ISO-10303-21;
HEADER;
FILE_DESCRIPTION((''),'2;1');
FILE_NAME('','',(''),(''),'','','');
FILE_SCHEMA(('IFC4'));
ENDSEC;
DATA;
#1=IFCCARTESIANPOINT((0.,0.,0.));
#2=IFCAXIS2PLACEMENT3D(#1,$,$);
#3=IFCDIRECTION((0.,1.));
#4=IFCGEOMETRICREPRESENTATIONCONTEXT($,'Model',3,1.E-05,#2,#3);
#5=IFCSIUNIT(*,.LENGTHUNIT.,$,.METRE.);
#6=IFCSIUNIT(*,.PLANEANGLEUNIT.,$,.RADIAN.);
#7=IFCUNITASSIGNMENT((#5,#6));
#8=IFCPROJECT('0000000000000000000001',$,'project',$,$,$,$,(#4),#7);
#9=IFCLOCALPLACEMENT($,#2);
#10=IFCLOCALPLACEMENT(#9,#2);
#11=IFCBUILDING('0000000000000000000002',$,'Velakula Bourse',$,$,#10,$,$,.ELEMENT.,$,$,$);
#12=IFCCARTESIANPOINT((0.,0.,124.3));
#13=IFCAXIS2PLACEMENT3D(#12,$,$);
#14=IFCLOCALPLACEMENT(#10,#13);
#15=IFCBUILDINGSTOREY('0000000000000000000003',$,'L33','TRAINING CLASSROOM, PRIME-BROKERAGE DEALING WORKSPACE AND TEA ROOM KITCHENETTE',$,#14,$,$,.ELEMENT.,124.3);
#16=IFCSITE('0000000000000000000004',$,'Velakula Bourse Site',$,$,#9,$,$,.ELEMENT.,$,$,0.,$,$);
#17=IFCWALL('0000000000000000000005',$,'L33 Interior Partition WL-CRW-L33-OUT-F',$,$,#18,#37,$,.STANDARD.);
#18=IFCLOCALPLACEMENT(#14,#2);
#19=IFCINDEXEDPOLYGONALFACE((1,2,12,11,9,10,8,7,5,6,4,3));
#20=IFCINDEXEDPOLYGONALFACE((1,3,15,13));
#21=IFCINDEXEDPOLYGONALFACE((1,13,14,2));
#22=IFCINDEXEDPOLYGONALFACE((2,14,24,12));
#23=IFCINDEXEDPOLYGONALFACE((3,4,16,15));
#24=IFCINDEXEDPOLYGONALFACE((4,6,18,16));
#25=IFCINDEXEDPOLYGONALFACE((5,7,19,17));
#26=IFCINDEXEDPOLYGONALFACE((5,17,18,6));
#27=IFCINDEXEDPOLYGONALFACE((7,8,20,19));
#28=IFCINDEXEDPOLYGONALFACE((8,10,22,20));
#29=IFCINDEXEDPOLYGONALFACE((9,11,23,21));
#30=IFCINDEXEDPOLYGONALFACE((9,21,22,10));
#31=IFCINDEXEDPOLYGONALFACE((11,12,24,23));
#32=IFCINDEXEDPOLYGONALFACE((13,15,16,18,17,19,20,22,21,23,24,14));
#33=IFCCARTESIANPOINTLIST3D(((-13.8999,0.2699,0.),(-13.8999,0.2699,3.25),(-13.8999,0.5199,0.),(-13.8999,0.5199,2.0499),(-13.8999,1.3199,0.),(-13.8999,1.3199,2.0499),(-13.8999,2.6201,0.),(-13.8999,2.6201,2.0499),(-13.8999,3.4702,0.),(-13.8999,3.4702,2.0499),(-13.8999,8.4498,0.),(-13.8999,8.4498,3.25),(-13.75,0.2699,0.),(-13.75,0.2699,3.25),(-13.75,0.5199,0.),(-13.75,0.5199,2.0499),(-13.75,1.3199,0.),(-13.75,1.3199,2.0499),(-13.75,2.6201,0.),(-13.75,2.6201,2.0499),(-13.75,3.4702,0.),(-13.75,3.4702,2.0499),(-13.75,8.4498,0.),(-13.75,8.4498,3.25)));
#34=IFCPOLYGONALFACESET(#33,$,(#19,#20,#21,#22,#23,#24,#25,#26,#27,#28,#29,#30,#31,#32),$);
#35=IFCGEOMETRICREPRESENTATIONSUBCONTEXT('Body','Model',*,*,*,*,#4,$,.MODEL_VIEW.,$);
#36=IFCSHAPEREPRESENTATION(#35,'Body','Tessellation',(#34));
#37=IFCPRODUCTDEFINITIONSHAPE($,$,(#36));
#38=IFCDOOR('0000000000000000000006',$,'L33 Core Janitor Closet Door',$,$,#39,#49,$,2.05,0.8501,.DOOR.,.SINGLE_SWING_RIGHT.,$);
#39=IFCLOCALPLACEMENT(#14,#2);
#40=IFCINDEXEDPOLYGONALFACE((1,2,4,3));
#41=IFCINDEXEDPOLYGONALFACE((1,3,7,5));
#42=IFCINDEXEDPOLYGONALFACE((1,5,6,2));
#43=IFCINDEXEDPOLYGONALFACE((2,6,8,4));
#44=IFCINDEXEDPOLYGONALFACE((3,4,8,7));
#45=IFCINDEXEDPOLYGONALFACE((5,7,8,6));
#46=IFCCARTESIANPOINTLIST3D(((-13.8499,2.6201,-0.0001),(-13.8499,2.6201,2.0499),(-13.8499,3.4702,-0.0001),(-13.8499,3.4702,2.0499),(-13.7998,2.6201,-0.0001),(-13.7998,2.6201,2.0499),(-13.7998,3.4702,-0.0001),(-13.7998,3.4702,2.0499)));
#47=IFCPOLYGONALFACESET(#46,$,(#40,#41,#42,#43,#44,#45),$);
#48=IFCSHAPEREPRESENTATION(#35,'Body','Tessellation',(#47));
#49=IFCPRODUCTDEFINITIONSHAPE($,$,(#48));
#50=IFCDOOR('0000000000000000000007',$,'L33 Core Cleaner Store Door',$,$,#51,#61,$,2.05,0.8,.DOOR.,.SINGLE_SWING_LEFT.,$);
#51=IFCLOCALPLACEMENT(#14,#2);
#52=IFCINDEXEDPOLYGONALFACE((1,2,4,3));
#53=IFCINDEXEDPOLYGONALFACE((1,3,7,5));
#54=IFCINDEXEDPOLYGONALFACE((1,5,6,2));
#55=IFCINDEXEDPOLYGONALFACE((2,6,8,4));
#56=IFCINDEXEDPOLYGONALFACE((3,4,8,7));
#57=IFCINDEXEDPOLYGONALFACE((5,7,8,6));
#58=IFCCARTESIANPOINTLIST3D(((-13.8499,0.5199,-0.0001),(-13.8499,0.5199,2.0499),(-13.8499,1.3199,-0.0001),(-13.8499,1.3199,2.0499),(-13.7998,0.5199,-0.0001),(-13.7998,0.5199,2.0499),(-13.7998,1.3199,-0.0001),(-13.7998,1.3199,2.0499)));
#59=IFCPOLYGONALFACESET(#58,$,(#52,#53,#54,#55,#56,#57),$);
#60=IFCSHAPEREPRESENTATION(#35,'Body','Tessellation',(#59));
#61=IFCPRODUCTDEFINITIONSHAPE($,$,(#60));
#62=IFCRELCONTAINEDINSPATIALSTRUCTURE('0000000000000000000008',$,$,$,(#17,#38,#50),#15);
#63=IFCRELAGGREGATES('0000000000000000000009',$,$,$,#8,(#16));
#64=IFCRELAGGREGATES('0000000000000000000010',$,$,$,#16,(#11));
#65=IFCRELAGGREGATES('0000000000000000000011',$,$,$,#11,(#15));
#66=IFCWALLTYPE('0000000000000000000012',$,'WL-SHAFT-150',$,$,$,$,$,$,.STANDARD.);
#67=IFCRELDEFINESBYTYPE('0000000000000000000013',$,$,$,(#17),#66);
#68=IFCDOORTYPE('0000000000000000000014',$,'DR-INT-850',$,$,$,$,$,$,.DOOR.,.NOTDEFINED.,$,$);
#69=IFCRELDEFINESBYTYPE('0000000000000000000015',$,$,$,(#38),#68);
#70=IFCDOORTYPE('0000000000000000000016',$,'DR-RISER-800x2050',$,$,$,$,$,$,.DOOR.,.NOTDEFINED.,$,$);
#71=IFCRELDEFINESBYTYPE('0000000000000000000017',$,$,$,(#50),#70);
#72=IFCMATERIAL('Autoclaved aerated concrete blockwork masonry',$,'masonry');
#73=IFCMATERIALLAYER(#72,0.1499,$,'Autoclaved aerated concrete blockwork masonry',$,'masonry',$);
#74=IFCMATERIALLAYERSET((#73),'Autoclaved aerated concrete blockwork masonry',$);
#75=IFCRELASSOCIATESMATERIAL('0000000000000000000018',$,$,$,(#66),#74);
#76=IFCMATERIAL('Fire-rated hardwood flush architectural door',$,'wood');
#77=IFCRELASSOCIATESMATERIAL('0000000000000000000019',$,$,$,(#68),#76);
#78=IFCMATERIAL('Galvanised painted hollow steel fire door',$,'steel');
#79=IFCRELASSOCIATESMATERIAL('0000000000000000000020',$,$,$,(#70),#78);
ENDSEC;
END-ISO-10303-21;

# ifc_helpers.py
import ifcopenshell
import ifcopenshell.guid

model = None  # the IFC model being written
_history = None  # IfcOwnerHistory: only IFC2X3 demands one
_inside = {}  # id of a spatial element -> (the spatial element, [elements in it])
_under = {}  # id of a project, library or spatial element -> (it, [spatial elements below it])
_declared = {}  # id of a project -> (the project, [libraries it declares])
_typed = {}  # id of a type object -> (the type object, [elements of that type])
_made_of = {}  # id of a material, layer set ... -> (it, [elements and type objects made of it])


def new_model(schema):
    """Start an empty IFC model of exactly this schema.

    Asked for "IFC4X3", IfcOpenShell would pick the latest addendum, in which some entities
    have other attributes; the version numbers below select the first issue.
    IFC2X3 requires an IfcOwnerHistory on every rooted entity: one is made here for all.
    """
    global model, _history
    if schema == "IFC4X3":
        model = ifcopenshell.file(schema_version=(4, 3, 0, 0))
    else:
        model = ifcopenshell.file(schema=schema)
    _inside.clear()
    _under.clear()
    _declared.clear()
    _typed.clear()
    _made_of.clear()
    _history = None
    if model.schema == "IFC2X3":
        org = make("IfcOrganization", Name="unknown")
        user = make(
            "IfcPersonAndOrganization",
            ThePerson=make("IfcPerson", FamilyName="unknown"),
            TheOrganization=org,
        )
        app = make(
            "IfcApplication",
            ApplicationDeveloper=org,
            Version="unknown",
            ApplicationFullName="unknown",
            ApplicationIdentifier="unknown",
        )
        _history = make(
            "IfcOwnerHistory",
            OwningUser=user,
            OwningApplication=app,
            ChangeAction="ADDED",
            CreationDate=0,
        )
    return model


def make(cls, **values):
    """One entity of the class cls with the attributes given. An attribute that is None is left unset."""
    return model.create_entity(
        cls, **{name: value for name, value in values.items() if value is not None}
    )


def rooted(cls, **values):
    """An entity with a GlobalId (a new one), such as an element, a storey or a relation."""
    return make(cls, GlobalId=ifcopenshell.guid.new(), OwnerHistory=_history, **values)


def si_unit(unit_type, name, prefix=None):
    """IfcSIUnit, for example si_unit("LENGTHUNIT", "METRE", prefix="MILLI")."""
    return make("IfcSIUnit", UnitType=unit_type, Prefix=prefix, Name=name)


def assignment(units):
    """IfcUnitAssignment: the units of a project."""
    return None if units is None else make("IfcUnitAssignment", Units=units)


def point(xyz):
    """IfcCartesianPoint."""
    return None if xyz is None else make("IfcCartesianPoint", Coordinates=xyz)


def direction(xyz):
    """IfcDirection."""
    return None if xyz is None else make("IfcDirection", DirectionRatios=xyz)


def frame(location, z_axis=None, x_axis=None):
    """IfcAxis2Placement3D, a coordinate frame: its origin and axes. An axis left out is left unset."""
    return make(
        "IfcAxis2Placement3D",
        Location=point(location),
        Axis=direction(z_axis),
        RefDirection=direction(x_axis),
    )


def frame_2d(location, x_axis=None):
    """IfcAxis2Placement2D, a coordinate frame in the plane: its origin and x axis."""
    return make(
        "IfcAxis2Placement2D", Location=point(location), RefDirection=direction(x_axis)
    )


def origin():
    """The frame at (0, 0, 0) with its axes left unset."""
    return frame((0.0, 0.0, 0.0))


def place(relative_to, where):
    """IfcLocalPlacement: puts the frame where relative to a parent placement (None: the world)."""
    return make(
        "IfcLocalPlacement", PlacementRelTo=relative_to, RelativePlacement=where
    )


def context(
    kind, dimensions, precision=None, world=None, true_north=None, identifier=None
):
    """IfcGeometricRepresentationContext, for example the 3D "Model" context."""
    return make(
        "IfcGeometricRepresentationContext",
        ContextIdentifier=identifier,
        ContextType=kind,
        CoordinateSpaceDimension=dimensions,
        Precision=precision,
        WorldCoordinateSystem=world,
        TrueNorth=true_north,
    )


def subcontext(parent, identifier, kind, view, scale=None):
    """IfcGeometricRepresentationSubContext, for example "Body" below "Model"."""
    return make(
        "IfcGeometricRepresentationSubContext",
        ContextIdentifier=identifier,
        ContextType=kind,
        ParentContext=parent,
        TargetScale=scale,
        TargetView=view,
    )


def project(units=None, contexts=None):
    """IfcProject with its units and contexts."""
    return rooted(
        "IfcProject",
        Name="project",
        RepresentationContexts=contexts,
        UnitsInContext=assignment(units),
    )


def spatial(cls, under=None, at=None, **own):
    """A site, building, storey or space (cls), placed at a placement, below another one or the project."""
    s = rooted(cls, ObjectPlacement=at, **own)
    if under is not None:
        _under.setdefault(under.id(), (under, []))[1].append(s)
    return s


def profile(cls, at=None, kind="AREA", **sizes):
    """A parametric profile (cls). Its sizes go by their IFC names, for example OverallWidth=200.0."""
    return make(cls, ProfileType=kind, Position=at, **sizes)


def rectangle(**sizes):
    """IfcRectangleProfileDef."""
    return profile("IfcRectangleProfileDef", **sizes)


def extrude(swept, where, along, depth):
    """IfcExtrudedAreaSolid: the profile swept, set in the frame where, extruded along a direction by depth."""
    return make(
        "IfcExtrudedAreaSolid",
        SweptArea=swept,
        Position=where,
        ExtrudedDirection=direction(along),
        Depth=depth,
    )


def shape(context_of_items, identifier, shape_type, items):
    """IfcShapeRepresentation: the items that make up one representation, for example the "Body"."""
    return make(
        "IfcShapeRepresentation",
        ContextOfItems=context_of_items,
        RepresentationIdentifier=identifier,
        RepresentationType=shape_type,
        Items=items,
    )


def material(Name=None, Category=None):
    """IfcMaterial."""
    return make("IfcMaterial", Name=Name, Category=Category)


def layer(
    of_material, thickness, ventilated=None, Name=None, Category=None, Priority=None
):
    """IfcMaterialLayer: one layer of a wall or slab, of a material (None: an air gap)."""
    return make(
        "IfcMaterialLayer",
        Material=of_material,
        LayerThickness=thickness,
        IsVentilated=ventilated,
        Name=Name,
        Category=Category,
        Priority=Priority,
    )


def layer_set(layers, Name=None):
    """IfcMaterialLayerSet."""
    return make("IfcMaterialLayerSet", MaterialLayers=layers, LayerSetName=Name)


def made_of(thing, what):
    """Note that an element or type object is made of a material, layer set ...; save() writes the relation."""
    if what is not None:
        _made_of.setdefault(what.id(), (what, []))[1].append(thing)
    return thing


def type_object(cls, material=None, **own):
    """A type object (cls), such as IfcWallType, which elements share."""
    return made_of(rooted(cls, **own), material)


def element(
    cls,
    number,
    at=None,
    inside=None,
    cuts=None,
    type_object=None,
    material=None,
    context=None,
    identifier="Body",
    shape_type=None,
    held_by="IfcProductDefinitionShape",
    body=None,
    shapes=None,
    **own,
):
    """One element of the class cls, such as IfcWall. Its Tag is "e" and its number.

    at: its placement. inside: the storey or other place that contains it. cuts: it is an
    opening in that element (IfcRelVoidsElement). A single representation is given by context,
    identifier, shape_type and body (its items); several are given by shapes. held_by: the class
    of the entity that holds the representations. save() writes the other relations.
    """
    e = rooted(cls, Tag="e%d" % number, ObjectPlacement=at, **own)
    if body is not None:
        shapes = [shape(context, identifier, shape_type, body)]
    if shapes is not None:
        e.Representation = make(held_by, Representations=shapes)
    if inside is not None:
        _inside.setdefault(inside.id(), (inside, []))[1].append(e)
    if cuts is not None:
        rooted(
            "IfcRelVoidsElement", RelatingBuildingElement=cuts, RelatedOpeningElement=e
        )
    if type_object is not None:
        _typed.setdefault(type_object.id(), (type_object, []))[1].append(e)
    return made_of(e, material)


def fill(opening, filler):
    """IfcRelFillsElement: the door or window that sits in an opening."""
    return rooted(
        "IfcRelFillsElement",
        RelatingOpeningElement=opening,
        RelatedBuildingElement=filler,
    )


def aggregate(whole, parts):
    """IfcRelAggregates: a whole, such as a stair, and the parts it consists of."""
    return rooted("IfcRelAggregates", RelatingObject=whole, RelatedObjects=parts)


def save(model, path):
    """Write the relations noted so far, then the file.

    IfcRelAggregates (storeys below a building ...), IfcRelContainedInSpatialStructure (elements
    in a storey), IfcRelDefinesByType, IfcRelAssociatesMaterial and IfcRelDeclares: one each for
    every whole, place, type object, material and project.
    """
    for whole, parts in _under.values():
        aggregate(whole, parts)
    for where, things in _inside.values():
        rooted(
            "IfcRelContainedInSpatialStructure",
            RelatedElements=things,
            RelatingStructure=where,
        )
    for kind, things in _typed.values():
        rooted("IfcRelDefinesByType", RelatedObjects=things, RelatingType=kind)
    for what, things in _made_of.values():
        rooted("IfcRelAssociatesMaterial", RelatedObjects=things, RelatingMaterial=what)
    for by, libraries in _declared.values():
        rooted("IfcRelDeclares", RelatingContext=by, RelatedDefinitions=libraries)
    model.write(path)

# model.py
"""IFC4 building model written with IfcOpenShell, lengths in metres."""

from ifc_helpers import new_model, si_unit, direction, frame, frame_2d, origin, place, context, subcontext, project, spatial, rectangle, extrude, material, layer, layer_set, type_object, element, fill, save


model = new_model("IFC4")

# Units and contexts
model_context = context("Model", 3, precision=1e-05, world=origin(), true_north=direction((0.0, 1.0)))
body_context = subcontext(model_context, "Body", "Model", "MODEL_VIEW")
ifc_project = project(units=[si_unit("LENGTHUNIT", "METRE"), si_unit("PLANEANGLEUNIT", "RADIAN")], contexts=[model_context])

# Site, building, storey
site_placement = place(None, origin())
site = spatial("IfcSite", under=ifc_project, at=site_placement, Name="Velakula Bourse Site", CompositionType="ELEMENT", RefElevation=0.0)
building_placement = place(site_placement, origin())
building = spatial("IfcBuilding", under=site, at=building_placement, Name="Velakula Bourse", CompositionType="ELEMENT")
storey_placement = place(building_placement, frame((0.0, 0.0, 124.3)))
storey = spatial("IfcBuildingStorey", under=building, at=storey_placement, Name="L33", Description="TRAINING CLASSROOM, PRIME-BROKERAGE DEALING WORKSPACE AND TEA ROOM KITCHENETTE", CompositionType="ELEMENT", Elevation=124.3)

# Shared definitions
ifc_material_1 = material(Name="Fire-rated hardwood flush architectural door", Category="wood")

# Shared definitions
ifc_material_2 = material(Name="Autoclaved aerated concrete blockwork masonry", Category="masonry")
ifc_layer_1 = layer(ifc_material_2, 0.1499, Name="Autoclaved aerated concrete blockwork masonry", Category="masonry")
ifc_layer_set_1 = layer_set([ifc_layer_1], Name="Autoclaved aerated concrete blockwork masonry")
wall_type_1 = type_object("IfcWallType", Name="WL-SHAFT-150", PredefinedType="STANDARD", material=ifc_layer_set_1)

# Wall, openings, doors
wall_1_placement = place(storey_placement, frame((-13.825, 0.27, 0.0), z_axis=(0.0, 0.0, 1.0), x_axis=(0.0, 1.0, 0.0)))
wall_1 = element("IfcWall", 1, at=wall_1_placement, inside=storey, type_object=wall_type_1, Name="L33 Interior Partition WL-CRW-L33-OUT-F", PredefinedType="STANDARD", context=body_context, shape_type="SweptSolid", body=[
    extrude(rectangle(XDim=8.1799, YDim=0.1499, at=frame_2d((4.0898, 0.0))), origin(), (0.0, 0.0, 1.0), 3.25),
])
opening_1_placement = place(wall_1_placement, frame((0.25, 0.0, 0.0)))
opening_1 = element("IfcOpeningElement", 2, at=opening_1_placement, cuts=wall_1, PredefinedType="OPENING", context=body_context, shape_type="SweptSolid", body=[
    extrude(rectangle(XDim=0.8, YDim=2.05, at=frame_2d((0.3999, 1.0249))), frame((0.0, 0.085, 0.0), z_axis=(0.0, -1.0, 0.0), x_axis=(1.0, 0.0, 0.0)), (0.0, 0.0, 1.0), 0.1699),
])
opening_2_placement = place(wall_1_placement, frame((2.3501, 0.0, 0.0)))
opening_2 = element("IfcOpeningElement", 3, at=opening_2_placement, cuts=wall_1, PredefinedType="OPENING", context=body_context, shape_type="SweptSolid", body=[
    extrude(rectangle(XDim=0.8501, YDim=2.05, at=frame_2d((0.425, 1.0249))), frame((0.0, 0.085, 0.0), z_axis=(0.0, -1.0, 0.0), x_axis=(1.0, 0.0, 0.0)), (0.0, 0.0, 1.0), 0.1699),
])
door_type_1 = type_object("IfcDoorType", Name="DR-INT-850", OperationType="NOTDEFINED", PredefinedType="DOOR", material=ifc_material_1)
door_1_placement = place(opening_2_placement, origin())
door_1 = element("IfcDoor", 4, at=door_1_placement, inside=storey, type_object=door_type_1, Name="L33 Core Janitor Closet Door", OperationType="SINGLE_SWING_RIGHT", OverallHeight=2.05, OverallWidth=0.8501, PredefinedType="DOOR", context=body_context, shape_type="SweptSolid", body=[
    extrude(rectangle(XDim=0.8501, YDim=2.05, at=frame_2d((0.425, 1.0249))), frame((0.0, 0.0249, 0.0), z_axis=(0.0, -1.0, 0.0), x_axis=(1.0, 0.0, 0.0)), (0.0, 0.0, 1.0), 0.05),
])
fill(opening_2, door_1)
ifc_material_3 = material(Name="Galvanised painted hollow steel fire door", Category="steel")
door_type_2 = type_object("IfcDoorType", Name="DR-RISER-800x2050", OperationType="NOTDEFINED", PredefinedType="DOOR", material=ifc_material_3)
door_2_placement = place(opening_1_placement, origin())
door_2 = element("IfcDoor", 5, at=door_2_placement, inside=storey, type_object=door_type_2, Name="L33 Core Cleaner Store Door", OperationType="SINGLE_SWING_LEFT", OverallHeight=2.05, OverallWidth=0.8, PredefinedType="DOOR", context=body_context, shape_type="SweptSolid", body=[
    extrude(rectangle(XDim=0.8, YDim=2.05, at=frame_2d((0.3999, 1.0249))), frame((0.0, 0.0249, 0.0), z_axis=(0.0, -1.0, 0.0), x_axis=(1.0, 0.0, 0.0)), (0.0, 0.0, 1.0), 0.05),
])
fill(opening_1, door_2)

save(model, "model.ifc")
